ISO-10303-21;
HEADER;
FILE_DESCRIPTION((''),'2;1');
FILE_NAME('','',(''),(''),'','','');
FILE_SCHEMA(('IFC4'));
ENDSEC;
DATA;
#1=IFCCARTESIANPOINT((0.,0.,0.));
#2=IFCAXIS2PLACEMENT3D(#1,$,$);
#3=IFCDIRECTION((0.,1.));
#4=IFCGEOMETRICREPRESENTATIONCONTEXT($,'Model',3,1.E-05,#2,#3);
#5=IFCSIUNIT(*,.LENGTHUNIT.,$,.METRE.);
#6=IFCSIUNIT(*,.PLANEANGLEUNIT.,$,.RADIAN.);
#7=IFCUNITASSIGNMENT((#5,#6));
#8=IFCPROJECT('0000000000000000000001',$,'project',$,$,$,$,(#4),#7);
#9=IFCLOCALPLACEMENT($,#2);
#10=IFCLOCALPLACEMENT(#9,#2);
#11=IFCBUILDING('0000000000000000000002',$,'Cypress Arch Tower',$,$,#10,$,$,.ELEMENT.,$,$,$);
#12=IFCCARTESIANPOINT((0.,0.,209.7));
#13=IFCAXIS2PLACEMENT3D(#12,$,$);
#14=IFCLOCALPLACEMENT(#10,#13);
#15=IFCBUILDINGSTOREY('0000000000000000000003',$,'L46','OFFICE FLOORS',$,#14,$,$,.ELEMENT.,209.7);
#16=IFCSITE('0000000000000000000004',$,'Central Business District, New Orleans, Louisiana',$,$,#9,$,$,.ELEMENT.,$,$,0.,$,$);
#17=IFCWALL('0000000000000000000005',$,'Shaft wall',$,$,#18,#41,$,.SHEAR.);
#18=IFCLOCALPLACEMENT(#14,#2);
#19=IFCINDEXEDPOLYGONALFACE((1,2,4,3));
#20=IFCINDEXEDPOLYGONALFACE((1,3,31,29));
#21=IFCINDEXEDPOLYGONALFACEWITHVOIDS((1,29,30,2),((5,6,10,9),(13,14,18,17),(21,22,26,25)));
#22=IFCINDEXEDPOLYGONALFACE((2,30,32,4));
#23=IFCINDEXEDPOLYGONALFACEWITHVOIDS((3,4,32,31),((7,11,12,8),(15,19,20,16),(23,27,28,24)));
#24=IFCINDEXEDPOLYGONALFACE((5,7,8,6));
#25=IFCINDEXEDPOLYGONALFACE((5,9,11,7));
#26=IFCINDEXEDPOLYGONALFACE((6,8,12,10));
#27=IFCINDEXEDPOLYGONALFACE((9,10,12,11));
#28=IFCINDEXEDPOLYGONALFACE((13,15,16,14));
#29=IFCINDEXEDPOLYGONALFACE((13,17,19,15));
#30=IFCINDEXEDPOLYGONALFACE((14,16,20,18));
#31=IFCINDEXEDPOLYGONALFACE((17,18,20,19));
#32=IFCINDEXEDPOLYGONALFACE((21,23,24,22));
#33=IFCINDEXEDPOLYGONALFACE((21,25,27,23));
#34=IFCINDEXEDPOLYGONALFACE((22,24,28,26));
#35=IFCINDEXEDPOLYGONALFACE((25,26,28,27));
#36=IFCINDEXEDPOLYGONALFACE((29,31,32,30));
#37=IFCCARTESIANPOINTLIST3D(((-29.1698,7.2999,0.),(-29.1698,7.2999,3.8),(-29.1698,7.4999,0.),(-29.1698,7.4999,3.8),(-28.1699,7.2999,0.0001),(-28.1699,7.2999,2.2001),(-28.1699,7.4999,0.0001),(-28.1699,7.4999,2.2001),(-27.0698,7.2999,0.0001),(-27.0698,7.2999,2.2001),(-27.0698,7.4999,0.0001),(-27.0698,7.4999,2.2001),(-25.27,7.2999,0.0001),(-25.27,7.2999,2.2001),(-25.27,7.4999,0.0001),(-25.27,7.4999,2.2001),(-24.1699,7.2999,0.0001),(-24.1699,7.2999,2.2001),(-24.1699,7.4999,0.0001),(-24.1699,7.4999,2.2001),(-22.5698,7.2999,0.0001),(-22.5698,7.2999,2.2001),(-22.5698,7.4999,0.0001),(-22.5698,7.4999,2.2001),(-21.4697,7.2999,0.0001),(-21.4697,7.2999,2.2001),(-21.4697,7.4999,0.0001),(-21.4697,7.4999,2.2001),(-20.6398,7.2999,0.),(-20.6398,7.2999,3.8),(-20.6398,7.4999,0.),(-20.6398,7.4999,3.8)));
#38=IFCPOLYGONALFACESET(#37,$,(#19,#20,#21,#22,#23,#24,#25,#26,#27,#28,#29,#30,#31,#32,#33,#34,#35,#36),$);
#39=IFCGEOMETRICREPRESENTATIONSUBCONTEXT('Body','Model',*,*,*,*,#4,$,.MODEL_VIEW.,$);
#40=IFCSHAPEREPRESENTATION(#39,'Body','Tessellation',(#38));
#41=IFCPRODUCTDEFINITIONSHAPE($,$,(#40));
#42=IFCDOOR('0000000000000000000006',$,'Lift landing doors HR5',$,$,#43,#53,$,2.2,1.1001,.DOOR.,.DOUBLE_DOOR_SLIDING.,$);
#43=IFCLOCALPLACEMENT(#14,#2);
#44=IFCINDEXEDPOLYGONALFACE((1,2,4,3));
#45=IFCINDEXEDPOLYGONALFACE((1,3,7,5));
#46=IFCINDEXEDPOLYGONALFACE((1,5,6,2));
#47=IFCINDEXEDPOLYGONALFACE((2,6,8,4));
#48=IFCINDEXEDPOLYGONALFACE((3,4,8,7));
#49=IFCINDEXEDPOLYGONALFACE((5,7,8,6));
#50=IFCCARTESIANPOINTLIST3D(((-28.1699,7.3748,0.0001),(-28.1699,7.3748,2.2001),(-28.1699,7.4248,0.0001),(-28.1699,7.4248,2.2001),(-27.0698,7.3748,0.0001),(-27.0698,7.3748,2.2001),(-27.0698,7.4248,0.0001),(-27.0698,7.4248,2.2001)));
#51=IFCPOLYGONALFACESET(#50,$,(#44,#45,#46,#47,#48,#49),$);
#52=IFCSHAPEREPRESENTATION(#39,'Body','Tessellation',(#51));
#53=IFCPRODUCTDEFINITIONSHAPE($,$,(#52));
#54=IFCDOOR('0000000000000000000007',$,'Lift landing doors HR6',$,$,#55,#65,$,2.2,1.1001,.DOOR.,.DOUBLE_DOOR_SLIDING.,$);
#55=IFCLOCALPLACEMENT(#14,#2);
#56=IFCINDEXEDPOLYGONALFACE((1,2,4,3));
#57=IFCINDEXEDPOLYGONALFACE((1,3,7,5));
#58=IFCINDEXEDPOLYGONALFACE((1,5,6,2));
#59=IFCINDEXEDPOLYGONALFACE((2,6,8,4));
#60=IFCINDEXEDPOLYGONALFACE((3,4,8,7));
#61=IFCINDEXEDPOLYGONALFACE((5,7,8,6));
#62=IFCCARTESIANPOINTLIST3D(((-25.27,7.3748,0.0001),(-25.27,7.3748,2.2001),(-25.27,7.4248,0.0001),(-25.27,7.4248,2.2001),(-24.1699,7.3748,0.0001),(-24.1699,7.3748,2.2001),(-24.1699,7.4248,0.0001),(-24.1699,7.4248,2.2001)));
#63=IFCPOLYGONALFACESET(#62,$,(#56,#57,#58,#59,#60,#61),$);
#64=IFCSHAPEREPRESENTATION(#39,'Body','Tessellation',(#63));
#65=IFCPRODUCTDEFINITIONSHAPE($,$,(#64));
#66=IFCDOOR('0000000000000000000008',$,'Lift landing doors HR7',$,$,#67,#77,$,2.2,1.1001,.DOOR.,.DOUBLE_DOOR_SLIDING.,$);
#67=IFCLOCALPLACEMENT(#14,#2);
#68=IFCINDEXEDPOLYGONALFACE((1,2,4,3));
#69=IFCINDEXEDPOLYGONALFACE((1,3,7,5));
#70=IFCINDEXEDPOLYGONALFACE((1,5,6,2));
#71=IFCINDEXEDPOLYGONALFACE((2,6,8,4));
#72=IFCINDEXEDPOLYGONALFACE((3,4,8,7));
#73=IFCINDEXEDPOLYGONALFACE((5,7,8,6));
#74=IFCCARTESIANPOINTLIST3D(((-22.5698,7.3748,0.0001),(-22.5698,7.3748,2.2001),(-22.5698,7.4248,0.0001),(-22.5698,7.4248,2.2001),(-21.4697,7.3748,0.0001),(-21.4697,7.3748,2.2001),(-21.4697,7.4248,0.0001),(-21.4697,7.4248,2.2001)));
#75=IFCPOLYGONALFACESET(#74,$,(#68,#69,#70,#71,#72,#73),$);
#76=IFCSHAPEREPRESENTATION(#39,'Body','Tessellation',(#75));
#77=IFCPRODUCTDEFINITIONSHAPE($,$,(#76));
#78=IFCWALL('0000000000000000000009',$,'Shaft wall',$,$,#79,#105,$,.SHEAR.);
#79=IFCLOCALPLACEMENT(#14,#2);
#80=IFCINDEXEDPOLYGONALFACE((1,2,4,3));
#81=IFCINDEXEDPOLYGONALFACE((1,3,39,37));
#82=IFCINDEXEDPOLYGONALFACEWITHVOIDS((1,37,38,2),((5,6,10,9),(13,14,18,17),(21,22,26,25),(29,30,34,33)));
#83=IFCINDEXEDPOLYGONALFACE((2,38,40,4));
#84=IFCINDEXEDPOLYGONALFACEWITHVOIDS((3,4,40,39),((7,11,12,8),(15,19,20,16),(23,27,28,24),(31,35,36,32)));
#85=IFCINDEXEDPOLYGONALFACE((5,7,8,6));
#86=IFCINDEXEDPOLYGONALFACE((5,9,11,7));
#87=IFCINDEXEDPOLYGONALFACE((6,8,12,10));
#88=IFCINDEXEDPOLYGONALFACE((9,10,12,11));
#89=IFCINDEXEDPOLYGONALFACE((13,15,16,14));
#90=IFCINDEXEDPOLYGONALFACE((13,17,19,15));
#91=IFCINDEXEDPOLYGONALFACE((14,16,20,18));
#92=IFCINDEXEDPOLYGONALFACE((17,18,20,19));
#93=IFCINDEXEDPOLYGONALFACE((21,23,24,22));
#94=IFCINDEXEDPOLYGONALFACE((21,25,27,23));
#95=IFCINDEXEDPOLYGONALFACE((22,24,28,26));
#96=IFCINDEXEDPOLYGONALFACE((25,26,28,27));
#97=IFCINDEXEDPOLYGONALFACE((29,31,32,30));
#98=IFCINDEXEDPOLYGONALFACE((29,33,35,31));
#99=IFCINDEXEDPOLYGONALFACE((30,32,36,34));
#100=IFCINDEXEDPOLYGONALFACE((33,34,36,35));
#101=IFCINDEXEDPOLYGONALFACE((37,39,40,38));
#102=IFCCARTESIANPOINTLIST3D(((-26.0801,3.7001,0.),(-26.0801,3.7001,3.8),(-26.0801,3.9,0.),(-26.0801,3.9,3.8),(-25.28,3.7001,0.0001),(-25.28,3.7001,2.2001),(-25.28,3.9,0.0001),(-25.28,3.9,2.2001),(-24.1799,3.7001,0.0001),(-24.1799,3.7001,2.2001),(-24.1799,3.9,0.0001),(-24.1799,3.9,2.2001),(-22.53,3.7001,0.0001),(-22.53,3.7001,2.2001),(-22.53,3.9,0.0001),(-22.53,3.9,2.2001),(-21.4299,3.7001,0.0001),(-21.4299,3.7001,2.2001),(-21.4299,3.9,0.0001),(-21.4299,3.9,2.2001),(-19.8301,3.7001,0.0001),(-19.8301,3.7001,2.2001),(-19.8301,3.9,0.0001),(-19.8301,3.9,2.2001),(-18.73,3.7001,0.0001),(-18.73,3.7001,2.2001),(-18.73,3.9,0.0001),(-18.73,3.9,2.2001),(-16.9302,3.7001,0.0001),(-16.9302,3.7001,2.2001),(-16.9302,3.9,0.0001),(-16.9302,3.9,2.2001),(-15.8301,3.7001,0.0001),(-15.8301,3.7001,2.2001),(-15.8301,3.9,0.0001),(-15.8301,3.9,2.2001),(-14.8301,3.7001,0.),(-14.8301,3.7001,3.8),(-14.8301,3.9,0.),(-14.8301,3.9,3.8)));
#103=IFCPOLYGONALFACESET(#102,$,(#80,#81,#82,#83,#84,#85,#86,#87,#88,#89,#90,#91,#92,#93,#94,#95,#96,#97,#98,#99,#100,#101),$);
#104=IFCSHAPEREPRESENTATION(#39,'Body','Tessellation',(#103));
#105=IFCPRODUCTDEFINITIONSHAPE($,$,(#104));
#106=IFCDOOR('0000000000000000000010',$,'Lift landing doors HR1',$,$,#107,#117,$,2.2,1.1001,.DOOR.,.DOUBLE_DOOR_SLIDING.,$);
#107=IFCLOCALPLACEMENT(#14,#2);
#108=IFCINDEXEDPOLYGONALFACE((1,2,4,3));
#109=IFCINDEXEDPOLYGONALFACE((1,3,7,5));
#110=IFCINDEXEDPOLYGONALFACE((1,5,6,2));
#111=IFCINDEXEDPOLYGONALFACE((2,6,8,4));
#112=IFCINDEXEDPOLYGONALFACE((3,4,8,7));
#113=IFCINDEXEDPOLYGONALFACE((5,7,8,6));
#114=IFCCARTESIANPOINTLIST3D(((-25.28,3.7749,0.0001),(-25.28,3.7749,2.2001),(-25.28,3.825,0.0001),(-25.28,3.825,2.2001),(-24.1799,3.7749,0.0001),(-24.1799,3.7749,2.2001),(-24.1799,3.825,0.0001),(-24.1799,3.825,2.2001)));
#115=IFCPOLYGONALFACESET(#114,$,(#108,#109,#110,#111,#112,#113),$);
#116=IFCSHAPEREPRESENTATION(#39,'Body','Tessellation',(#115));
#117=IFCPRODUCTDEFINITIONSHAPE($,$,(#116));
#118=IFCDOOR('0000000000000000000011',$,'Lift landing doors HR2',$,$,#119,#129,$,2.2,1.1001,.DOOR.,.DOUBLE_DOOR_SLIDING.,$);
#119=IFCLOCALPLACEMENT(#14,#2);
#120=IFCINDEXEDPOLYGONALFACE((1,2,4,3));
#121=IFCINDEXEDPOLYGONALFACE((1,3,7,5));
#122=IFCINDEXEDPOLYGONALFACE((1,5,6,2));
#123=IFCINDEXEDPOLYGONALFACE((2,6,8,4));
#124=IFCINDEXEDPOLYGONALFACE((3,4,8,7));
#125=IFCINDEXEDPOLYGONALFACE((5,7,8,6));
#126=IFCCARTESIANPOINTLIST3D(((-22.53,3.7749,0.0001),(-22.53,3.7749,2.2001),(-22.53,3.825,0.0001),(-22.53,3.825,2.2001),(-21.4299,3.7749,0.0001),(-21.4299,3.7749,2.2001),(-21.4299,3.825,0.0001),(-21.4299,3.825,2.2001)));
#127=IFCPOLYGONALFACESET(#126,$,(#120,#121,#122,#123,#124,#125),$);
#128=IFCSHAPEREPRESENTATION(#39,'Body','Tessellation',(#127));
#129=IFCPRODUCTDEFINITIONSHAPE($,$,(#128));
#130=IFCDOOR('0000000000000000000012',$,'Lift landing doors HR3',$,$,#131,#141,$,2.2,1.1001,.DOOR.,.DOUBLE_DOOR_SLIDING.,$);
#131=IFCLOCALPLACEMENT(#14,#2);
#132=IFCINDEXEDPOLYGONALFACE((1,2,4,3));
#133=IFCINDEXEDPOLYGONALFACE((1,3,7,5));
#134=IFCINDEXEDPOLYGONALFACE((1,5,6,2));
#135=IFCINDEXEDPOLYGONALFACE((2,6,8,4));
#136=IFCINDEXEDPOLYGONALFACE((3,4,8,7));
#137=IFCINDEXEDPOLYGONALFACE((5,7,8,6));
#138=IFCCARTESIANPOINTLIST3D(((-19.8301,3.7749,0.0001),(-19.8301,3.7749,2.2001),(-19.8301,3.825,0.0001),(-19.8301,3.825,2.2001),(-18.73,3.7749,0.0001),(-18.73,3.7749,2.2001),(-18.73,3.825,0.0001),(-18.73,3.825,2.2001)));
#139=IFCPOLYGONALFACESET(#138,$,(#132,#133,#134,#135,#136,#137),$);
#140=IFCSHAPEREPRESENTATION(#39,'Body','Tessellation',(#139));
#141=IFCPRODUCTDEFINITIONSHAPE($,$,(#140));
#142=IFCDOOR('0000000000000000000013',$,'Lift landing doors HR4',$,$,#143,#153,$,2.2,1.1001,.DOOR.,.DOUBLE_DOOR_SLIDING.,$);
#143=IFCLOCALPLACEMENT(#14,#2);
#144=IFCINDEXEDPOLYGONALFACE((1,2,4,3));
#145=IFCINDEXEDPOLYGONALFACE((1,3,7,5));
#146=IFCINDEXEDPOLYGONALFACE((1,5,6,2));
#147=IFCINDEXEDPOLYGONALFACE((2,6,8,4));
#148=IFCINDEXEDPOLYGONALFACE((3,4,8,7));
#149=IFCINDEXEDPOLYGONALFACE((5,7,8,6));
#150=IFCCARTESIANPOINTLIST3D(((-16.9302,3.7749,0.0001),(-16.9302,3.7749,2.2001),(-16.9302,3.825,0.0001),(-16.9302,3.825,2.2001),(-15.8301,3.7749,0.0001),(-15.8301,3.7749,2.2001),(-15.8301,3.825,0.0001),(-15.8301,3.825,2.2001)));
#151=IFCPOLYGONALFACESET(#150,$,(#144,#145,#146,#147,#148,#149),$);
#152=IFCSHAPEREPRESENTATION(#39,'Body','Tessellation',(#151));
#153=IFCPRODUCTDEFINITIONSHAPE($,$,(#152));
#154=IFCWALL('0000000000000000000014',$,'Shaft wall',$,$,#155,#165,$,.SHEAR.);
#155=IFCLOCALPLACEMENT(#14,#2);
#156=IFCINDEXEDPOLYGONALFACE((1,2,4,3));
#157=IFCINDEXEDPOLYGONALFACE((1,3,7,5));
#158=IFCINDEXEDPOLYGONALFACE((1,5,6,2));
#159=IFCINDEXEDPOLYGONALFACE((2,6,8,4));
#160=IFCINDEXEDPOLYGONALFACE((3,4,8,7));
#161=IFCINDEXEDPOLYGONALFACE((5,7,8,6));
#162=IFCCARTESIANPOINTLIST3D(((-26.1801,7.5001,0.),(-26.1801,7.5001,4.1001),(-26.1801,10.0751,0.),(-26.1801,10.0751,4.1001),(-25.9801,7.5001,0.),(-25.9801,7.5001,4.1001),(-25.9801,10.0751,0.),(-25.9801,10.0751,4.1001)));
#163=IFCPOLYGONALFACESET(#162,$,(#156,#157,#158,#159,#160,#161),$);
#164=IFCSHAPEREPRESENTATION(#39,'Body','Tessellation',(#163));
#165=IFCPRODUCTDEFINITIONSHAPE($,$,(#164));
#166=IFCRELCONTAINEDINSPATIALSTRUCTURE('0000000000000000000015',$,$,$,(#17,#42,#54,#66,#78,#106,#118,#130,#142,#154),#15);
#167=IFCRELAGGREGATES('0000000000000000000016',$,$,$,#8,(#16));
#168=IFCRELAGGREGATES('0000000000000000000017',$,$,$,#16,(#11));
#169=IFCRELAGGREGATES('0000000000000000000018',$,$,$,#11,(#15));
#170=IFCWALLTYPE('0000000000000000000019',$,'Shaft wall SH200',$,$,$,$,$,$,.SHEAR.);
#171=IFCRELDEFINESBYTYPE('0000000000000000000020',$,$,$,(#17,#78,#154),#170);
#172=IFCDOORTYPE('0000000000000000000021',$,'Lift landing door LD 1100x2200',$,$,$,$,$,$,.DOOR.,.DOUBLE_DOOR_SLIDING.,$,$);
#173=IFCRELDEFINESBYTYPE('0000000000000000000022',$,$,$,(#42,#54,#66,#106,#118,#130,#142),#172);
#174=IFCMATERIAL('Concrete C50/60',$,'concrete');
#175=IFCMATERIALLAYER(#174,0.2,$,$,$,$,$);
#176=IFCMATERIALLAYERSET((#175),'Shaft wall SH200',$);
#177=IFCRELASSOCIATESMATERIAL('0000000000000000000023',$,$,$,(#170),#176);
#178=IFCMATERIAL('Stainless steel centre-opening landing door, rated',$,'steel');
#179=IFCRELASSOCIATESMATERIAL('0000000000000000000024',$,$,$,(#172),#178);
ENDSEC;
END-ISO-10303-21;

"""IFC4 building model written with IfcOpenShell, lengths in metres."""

from ifc_helpers import new_model, si_unit, direction, frame, frame_2d, origin, place, context, subcontext, project, spatial, rectangle, extrude, material, layer, layer_set, type_object, element, fill, save


model = new_model("IFC4")

# Units and contexts
model_context = context("Model", 3, precision=1e-05, world=origin(), true_north=direction((0.0, 1.0)))
body_context = subcontext(model_context, "Body", "Model", "MODEL_VIEW")
ifc_project = project(units=[si_unit("LENGTHUNIT", "METRE"), si_unit("PLANEANGLEUNIT", "RADIAN")], contexts=[model_context])

# Site, building, storey
site_placement = place(None, origin())
site = spatial("IfcSite", under=ifc_project, at=site_placement, Name="Central Business District, New Orleans, Louisiana", CompositionType="ELEMENT", RefElevation=0.0)
building_placement = place(site_placement, origin())
building = spatial("IfcBuilding", under=site, at=building_placement, Name="Cypress Arch Tower", CompositionType="ELEMENT")
storey_placement = place(building_placement, frame((0.0, 0.0, 209.7)))
storey = spatial("IfcBuildingStorey", under=building, at=storey_placement, Name="L46", Description="OFFICE FLOORS", CompositionType="ELEMENT", Elevation=209.7)

# Walls, openings, doors
ifc_material_1 = material(Name="Concrete C50/60", Category="concrete")
ifc_layer_1 = layer(ifc_material_1, 0.2)
ifc_layer_set_1 = layer_set([ifc_layer_1], Name="Shaft wall SH200")
wall_type_1 = type_object("IfcWallType", Name="Shaft wall SH200", PredefinedType="SHEAR", material=ifc_layer_set_1)
wall_1_placement = place(storey_placement, frame((-29.1699, 7.3999, 0.0), z_axis=(0.0, 0.0, 1.0), x_axis=(1.0, 0.0, 0.0)))
wall_1 = element("IfcWall", 1, at=wall_1_placement, inside=storey, type_object=wall_type_1, Name="Shaft wall", PredefinedType="SHEAR", context=body_context, shape_type="SweptSolid", body=[
    extrude(rectangle(XDim=8.53, YDim=0.2, at=frame_2d((4.2651, 0.0))), origin(), (0.0, 0.0, 1.0), 3.8),
])
opening_1_placement = place(wall_1_placement, frame((1.0, 0.0, 0.0)))
opening_1 = element("IfcOpeningElement", 2, at=opening_1_placement, cuts=wall_1, PredefinedType="OPENING", context=body_context, shape_type="SweptSolid", body=[
    extrude(rectangle(XDim=1.1001, YDim=2.2, at=frame_2d((0.55, 1.1001))), frame((0.0, 0.1099, 0.0), z_axis=(0.0, -1.0, 0.0), x_axis=(1.0, 0.0, 0.0)), (0.0, 0.0, 1.0), 0.22),
])
opening_2_placement = place(wall_1_placement, frame((3.8999, 0.0, 0.0)))
opening_2 = element("IfcOpeningElement", 3, at=opening_2_placement, cuts=wall_1, PredefinedType="OPENING", context=body_context, shape_type="SweptSolid", body=[
    extrude(rectangle(XDim=1.1001, YDim=2.2, at=frame_2d((0.55, 1.1001))), frame((0.0, 0.1099, 0.0), z_axis=(0.0, -1.0, 0.0), x_axis=(1.0, 0.0, 0.0)), (0.0, 0.0, 1.0), 0.22),
])
opening_3_placement = place(wall_1_placement, frame((6.6001, 0.0, 0.0)))
opening_3 = element("IfcOpeningElement", 4, at=opening_3_placement, cuts=wall_1, PredefinedType="OPENING", context=body_context, shape_type="SweptSolid", body=[
    extrude(rectangle(XDim=1.1001, YDim=2.2, at=frame_2d((0.55, 1.1001))), frame((0.0, 0.1099, 0.0), z_axis=(0.0, -1.0, 0.0), x_axis=(1.0, 0.0, 0.0)), (0.0, 0.0, 1.0), 0.22),
])
ifc_material_2 = material(Name="Stainless steel centre-opening landing door, rated", Category="steel")
door_type_1 = type_object("IfcDoorType", Name="Lift landing door LD 1100x2200", OperationType="DOUBLE_DOOR_SLIDING", PredefinedType="DOOR", material=ifc_material_2)
door_1_placement = place(opening_1_placement, origin())
door_1 = element("IfcDoor", 5, at=door_1_placement, inside=storey, type_object=door_type_1, Name="Lift landing doors HR5", OperationType="DOUBLE_DOOR_SLIDING", OverallHeight=2.2, OverallWidth=1.1001, PredefinedType="DOOR", context=body_context, shape_type="SweptSolid", body=[
    extrude(rectangle(XDim=1.1001, YDim=2.2, at=frame_2d((0.55, 1.1001))), frame((0.0, 0.0249, 0.0), z_axis=(0.0, -1.0, 0.0), x_axis=(1.0, 0.0, 0.0)), (0.0, 0.0, 1.0), 0.05),
])
fill(opening_1, door_1)
door_2_placement = place(opening_2_placement, origin())
door_2 = element("IfcDoor", 6, at=door_2_placement, inside=storey, type_object=door_type_1, Name="Lift landing doors HR6", OperationType="DOUBLE_DOOR_SLIDING", OverallHeight=2.2, OverallWidth=1.1001, PredefinedType="DOOR", context=body_context, shape_type="SweptSolid", body=[
    extrude(rectangle(XDim=1.1001, YDim=2.2, at=frame_2d((0.55, 1.1001))), frame((0.0, 0.0249, 0.0), z_axis=(0.0, -1.0, 0.0), x_axis=(1.0, 0.0, 0.0)), (0.0, 0.0, 1.0), 0.05),
])
fill(opening_2, door_2)
door_3_placement = place(opening_3_placement, origin())
door_3 = element("IfcDoor", 7, at=door_3_placement, inside=storey, type_object=door_type_1, Name="Lift landing doors HR7", OperationType="DOUBLE_DOOR_SLIDING", OverallHeight=2.2, OverallWidth=1.1001, PredefinedType="DOOR", context=body_context, shape_type="SweptSolid", body=[
    extrude(rectangle(XDim=1.1001, YDim=2.2, at=frame_2d((0.55, 1.1001))), frame((0.0, 0.0249, 0.0), z_axis=(0.0, -1.0, 0.0), x_axis=(1.0, 0.0, 0.0)), (0.0, 0.0, 1.0), 0.05),
])
fill(opening_3, door_3)
wall_2_placement = place(storey_placement, frame((-26.0801, 3.8, 0.0), z_axis=(0.0, 0.0, 1.0), x_axis=(1.0, 0.0, 0.0)))
wall_2 = element("IfcWall", 8, at=wall_2_placement, inside=storey, type_object=wall_type_1, Name="Shaft wall", PredefinedType="SHEAR", context=body_context, shape_type="SweptSolid", body=[
    extrude(rectangle(XDim=11.25, YDim=0.2, at=frame_2d((5.625, 0.0))), origin(), (0.0, 0.0, 1.0), 3.8),
])
opening_4_placement = place(wall_2_placement, frame((0.8, 0.0, 0.0)))
opening_4 = element("IfcOpeningElement", 9, at=opening_4_placement, cuts=wall_2, PredefinedType="OPENING", context=body_context, shape_type="SweptSolid", body=[
    extrude(rectangle(XDim=1.1001, YDim=2.2, at=frame_2d((0.55, 1.1001))), frame((0.0, 0.1099, 0.0), z_axis=(0.0, -1.0, 0.0), x_axis=(1.0, 0.0, 0.0)), (0.0, 0.0, 1.0), 0.22),
])
opening_5_placement = place(wall_2_placement, frame((3.55, 0.0, 0.0)))
opening_5 = element("IfcOpeningElement", 10, at=opening_5_placement, cuts=wall_2, PredefinedType="OPENING", context=body_context, shape_type="SweptSolid", body=[
    extrude(rectangle(XDim=1.1001, YDim=2.2, at=frame_2d((0.55, 1.1001))), frame((0.0, 0.1099, 0.0), z_axis=(0.0, -1.0, 0.0), x_axis=(1.0, 0.0, 0.0)), (0.0, 0.0, 1.0), 0.22),
])
opening_6_placement = place(wall_2_placement, frame((6.25, 0.0, 0.0)))
opening_6 = element("IfcOpeningElement", 11, at=opening_6_placement, cuts=wall_2, PredefinedType="OPENING", context=body_context, shape_type="SweptSolid", body=[
    extrude(rectangle(XDim=1.1001, YDim=2.2, at=frame_2d((0.55, 1.1001))), frame((0.0, 0.1099, 0.0), z_axis=(0.0, -1.0, 0.0), x_axis=(1.0, 0.0, 0.0)), (0.0, 0.0, 1.0), 0.22),
])
opening_7_placement = place(wall_2_placement, frame((9.1499, 0.0, 0.0)))
opening_7 = element("IfcOpeningElement", 12, at=opening_7_placement, cuts=wall_2, PredefinedType="OPENING", context=body_context, shape_type="SweptSolid", body=[
    extrude(rectangle(XDim=1.1001, YDim=2.2, at=frame_2d((0.55, 1.1001))), frame((0.0, 0.1099, 0.0), z_axis=(0.0, -1.0, 0.0), x_axis=(1.0, 0.0, 0.0)), (0.0, 0.0, 1.0), 0.22),
])
door_4_placement = place(opening_4_placement, origin())
door_4 = element("IfcDoor", 13, at=door_4_placement, inside=storey, type_object=door_type_1, Name="Lift landing doors HR1", OperationType="DOUBLE_DOOR_SLIDING", OverallHeight=2.2, OverallWidth=1.1001, PredefinedType="DOOR", context=body_context, shape_type="SweptSolid", body=[
    extrude(rectangle(XDim=1.1001, YDim=2.2, at=frame_2d((0.55, 1.1001))), frame((0.0, 0.0249, 0.0), z_axis=(0.0, -1.0, 0.0), x_axis=(1.0, 0.0, 0.0)), (0.0, 0.0, 1.0), 0.05),
])
fill(opening_4, door_4)
door_5_placement = place(opening_5_placement, origin())
door_5 = element("IfcDoor", 14, at=door_5_placement, inside=storey, type_object=door_type_1, Name="Lift landing doors HR2", OperationType="DOUBLE_DOOR_SLIDING", OverallHeight=2.2, OverallWidth=1.1001, PredefinedType="DOOR", context=body_context, shape_type="SweptSolid", body=[
    extrude(rectangle(XDim=1.1001, YDim=2.2, at=frame_2d((0.55, 1.1001))), frame((0.0, 0.0249, 0.0), z_axis=(0.0, -1.0, 0.0), x_axis=(1.0, 0.0, 0.0)), (0.0, 0.0, 1.0), 0.05),
])
fill(opening_5, door_5)
door_6_placement = place(opening_6_placement, origin())
door_6 = element("IfcDoor", 15, at=door_6_placement, inside=storey, type_object=door_type_1, Name="Lift landing doors HR3", OperationType="DOUBLE_DOOR_SLIDING", OverallHeight=2.2, OverallWidth=1.1001, PredefinedType="DOOR", context=body_context, shape_type="SweptSolid", body=[
    extrude(rectangle(XDim=1.1001, YDim=2.2, at=frame_2d((0.55, 1.1001))), frame((0.0, 0.0249, 0.0), z_axis=(0.0, -1.0, 0.0), x_axis=(1.0, 0.0, 0.0)), (0.0, 0.0, 1.0), 0.05),
])
fill(opening_6, door_6)
door_7_placement = place(opening_7_placement, origin())
door_7 = element("IfcDoor", 16, at=door_7_placement, inside=storey, type_object=door_type_1, Name="Lift landing doors HR4", OperationType="DOUBLE_DOOR_SLIDING", OverallHeight=2.2, OverallWidth=1.1001, PredefinedType="DOOR", context=body_context, shape_type="SweptSolid", body=[
    extrude(rectangle(XDim=1.1001, YDim=2.2, at=frame_2d((0.55, 1.1001))), frame((0.0, 0.0249, 0.0), z_axis=(0.0, -1.0, 0.0), x_axis=(1.0, 0.0, 0.0)), (0.0, 0.0, 1.0), 0.05),
])
fill(opening_7, door_7)

# Wall
for number, where, z_axis, x_axis, name in (
    (17, (-26.0801, 7.5, 0.0), (0.0, 0.0, 1.0), (0.0, 1.0, 0.0), "Shaft wall"),
):
    element("IfcWall", number, at=place(storey_placement, frame(where, z_axis=z_axis, x_axis=x_axis)), inside=storey, type_object=wall_type_1, Name=name, PredefinedType="SHEAR", context=body_context, shape_type="SweptSolid", body=[
        extrude(rectangle(XDim=2.575, YDim=0.2, at=frame_2d((1.2876, 0.0))), origin(), (0.0, 0.0, 1.0), 4.1001),
    ])

save(model, "model.ifc")
